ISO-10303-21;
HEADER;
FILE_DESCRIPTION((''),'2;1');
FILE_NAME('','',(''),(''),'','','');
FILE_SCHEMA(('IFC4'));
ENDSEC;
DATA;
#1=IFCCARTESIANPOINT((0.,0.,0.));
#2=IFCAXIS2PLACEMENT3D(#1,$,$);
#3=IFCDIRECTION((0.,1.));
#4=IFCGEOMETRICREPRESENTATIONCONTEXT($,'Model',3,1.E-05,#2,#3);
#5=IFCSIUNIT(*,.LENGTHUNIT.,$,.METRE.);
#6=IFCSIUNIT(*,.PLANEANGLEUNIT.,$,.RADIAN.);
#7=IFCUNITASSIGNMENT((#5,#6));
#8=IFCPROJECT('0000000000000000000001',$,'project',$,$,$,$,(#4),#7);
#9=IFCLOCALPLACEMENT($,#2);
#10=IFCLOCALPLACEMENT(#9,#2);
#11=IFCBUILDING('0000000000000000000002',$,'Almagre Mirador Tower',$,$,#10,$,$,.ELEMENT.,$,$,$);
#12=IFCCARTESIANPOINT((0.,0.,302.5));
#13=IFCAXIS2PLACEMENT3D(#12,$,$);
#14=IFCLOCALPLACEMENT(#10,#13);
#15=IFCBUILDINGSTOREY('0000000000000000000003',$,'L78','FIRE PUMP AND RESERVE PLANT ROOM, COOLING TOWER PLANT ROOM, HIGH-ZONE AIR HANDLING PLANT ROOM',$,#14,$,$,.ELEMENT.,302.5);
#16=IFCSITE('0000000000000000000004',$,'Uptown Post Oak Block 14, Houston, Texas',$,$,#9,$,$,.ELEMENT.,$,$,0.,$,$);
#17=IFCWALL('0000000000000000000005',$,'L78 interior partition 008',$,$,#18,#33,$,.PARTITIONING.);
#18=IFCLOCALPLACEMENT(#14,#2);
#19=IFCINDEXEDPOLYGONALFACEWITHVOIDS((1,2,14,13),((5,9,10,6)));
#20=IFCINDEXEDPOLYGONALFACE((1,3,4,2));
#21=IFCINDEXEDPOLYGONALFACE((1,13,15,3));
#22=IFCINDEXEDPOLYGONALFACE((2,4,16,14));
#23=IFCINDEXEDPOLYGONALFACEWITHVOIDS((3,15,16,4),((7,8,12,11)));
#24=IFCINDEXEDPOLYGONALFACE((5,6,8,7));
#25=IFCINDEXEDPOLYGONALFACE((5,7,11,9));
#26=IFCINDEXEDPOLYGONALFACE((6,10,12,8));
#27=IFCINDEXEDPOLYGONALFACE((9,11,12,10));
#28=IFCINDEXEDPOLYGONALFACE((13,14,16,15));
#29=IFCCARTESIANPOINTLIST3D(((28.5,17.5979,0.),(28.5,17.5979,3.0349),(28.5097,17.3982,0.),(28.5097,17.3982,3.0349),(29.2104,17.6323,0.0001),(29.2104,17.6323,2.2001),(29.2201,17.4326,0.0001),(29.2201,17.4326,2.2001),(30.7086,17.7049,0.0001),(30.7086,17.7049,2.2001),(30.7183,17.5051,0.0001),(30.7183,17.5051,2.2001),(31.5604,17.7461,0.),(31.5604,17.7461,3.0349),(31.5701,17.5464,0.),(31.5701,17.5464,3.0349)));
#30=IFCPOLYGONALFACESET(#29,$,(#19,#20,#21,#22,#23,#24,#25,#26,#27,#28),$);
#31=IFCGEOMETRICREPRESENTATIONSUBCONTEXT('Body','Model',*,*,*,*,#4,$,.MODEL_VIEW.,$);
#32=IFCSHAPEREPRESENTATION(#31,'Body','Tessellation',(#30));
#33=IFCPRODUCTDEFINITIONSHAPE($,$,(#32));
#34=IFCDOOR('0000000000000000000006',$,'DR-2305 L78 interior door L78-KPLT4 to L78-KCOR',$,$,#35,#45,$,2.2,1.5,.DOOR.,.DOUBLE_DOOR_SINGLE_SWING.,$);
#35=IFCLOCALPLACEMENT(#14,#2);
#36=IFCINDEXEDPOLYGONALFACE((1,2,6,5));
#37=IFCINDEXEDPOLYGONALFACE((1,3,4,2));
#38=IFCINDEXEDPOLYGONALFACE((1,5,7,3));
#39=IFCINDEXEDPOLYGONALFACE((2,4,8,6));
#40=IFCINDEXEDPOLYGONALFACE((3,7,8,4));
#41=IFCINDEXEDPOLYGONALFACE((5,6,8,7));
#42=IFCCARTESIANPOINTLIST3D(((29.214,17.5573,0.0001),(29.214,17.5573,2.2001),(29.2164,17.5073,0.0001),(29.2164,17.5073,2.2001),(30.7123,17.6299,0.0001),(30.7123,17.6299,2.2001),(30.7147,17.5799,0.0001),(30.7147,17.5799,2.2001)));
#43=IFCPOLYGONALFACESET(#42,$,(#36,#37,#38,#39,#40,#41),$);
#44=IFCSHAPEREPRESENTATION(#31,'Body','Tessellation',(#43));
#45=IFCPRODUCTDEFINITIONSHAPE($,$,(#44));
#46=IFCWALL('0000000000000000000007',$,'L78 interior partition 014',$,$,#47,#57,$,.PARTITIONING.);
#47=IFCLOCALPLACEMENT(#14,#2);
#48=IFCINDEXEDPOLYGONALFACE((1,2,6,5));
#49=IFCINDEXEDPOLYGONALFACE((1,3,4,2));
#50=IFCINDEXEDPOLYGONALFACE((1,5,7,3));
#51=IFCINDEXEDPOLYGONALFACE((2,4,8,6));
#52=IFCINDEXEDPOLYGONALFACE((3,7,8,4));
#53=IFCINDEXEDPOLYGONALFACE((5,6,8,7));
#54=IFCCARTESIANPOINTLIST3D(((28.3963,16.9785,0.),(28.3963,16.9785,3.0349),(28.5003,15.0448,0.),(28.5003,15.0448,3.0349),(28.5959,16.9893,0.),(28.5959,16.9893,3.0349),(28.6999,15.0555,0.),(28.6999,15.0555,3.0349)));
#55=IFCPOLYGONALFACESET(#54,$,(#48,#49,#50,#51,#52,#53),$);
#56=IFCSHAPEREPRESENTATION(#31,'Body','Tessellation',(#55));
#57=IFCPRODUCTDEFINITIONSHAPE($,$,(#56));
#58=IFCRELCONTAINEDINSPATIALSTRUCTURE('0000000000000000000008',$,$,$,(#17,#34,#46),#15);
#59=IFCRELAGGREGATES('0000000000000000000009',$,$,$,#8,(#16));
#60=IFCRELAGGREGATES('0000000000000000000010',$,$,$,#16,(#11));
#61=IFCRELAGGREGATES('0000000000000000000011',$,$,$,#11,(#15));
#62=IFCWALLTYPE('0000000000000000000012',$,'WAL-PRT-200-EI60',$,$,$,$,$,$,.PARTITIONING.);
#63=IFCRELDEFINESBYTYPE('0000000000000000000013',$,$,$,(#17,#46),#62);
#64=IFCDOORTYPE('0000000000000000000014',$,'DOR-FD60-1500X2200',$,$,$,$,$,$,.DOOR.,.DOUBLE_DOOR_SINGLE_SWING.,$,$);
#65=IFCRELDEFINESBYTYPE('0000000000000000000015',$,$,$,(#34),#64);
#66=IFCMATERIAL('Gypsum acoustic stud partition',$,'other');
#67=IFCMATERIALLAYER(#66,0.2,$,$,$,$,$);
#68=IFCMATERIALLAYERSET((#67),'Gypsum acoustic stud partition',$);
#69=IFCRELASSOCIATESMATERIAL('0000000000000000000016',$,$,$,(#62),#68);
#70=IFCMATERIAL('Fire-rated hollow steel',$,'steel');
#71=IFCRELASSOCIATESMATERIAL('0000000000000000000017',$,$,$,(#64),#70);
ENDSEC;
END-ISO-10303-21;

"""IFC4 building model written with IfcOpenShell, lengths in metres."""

from ifc_helpers import new_model, si_unit, direction, frame, frame_2d, origin, place, context, subcontext, project, spatial, rectangle, extrude, material, layer, layer_set, type_object, element, fill, save


model = new_model("IFC4")

# Units and contexts
model_context = context("Model", 3, precision=1e-05, world=origin(), true_north=direction((0.0, 1.0)))
body_context = subcontext(model_context, "Body", "Model", "MODEL_VIEW")
ifc_project = project(units=[si_unit("LENGTHUNIT", "METRE"), si_unit("PLANEANGLEUNIT", "RADIAN")], contexts=[model_context])

# Site, building, storey
site_placement = place(None, origin())
site = spatial("IfcSite", under=ifc_project, at=site_placement, Name="Uptown Post Oak Block 14, Houston, Texas", CompositionType="ELEMENT", RefElevation=0.0)
building_placement = place(site_placement, origin())
building = spatial("IfcBuilding", under=site, at=building_placement, Name="Almagre Mirador Tower", CompositionType="ELEMENT")
storey_placement = place(building_placement, frame((0.0, 0.0, 302.5)))
storey = spatial("IfcBuildingStorey", under=building, at=storey_placement, Name="L78", Description="FIRE PUMP AND RESERVE PLANT ROOM, COOLING TOWER PLANT ROOM, HIGH-ZONE AIR HANDLING PLANT ROOM", CompositionType="ELEMENT", Elevation=302.5)

# Shared definitions
ifc_material_1 = material(Name="Gypsum acoustic stud partition", Category="other")
ifc_layer_1 = layer(ifc_material_1, 0.2)
ifc_layer_set_1 = layer_set([ifc_layer_1], Name="Gypsum acoustic stud partition")
wall_type_1 = type_object("IfcWallType", Name="WAL-PRT-200-EI60", PredefinedType="PARTITIONING", material=ifc_layer_set_1)

# Wall, opening, door
wall_1_placement = place(storey_placement, frame((28.5049, 17.498, 0.0), z_axis=(0.0, 0.0, 1.0), x_axis=(0.99883, 0.048368, 0.0)))
wall_1 = element("IfcWall", 1, at=wall_1_placement, inside=storey, type_object=wall_type_1, Name="L78 interior partition 008", PredefinedType="PARTITIONING", context=body_context, shape_type="SweptSolid", body=[
    extrude(rectangle(XDim=3.064, YDim=0.2, at=frame_2d((1.532, 0.0))), origin(), (0.0, 0.0, 1.0), 3.0349),
])
opening_1_placement = place(wall_1_placement, frame((0.7112, 0.0, 0.0)))
opening_1 = element("IfcOpeningElement", 2, at=opening_1_placement, cuts=wall_1, PredefinedType="OPENING", context=body_context, shape_type="SweptSolid", body=[
    extrude(rectangle(XDim=1.5, YDim=2.2, at=frame_2d((0.75, 1.1001))), frame((0.0, 0.1101, 0.0), z_axis=(0.0, -1.0, 0.0), x_axis=(1.0, 0.0, 0.0)), (0.0, 0.0, 1.0), 0.22),
])
ifc_material_2 = material(Name="Fire-rated hollow steel", Category="steel")
door_type_1 = type_object("IfcDoorType", Name="DOR-FD60-1500X2200", OperationType="DOUBLE_DOOR_SINGLE_SWING", PredefinedType="DOOR", material=ifc_material_2)
door_1_placement = place(opening_1_placement, origin())
door_1 = element("IfcDoor", 3, at=door_1_placement, inside=storey, type_object=door_type_1, Name="DR-2305 L78 interior door L78-KPLT4 to L78-KCOR", OperationType="DOUBLE_DOOR_SINGLE_SWING", OverallHeight=2.2, OverallWidth=1.5, PredefinedType="DOOR", context=body_context, shape_type="SweptSolid", body=[
    extrude(rectangle(XDim=1.5, YDim=2.2, at=frame_2d((0.75, 1.1001))), frame((0.0, 0.0249, 0.0), z_axis=(0.0, -1.0, 0.0), x_axis=(1.0, 0.0, 0.0)), (0.0, 0.0, 1.0), 0.05),
])
fill(opening_1, door_1)

# Wall
wall_2_placement = place(storey_placement, frame((28.4961, 16.9839, 0.0), z_axis=(0.0, 0.0, 1.0), x_axis=(0.053703, -0.998557, 0.0)))
element("IfcWall", 4, at=wall_2_placement, inside=storey, type_object=wall_type_1, Name="L78 interior partition 014", PredefinedType="PARTITIONING", context=body_context, shape_type="SweptSolid", body=[
    extrude(rectangle(XDim=1.9365, YDim=0.2, at=frame_2d((0.9683, 0.0))), origin(), (0.0, 0.0, 1.0), 3.0349),
])

save(model, "model.ifc")
